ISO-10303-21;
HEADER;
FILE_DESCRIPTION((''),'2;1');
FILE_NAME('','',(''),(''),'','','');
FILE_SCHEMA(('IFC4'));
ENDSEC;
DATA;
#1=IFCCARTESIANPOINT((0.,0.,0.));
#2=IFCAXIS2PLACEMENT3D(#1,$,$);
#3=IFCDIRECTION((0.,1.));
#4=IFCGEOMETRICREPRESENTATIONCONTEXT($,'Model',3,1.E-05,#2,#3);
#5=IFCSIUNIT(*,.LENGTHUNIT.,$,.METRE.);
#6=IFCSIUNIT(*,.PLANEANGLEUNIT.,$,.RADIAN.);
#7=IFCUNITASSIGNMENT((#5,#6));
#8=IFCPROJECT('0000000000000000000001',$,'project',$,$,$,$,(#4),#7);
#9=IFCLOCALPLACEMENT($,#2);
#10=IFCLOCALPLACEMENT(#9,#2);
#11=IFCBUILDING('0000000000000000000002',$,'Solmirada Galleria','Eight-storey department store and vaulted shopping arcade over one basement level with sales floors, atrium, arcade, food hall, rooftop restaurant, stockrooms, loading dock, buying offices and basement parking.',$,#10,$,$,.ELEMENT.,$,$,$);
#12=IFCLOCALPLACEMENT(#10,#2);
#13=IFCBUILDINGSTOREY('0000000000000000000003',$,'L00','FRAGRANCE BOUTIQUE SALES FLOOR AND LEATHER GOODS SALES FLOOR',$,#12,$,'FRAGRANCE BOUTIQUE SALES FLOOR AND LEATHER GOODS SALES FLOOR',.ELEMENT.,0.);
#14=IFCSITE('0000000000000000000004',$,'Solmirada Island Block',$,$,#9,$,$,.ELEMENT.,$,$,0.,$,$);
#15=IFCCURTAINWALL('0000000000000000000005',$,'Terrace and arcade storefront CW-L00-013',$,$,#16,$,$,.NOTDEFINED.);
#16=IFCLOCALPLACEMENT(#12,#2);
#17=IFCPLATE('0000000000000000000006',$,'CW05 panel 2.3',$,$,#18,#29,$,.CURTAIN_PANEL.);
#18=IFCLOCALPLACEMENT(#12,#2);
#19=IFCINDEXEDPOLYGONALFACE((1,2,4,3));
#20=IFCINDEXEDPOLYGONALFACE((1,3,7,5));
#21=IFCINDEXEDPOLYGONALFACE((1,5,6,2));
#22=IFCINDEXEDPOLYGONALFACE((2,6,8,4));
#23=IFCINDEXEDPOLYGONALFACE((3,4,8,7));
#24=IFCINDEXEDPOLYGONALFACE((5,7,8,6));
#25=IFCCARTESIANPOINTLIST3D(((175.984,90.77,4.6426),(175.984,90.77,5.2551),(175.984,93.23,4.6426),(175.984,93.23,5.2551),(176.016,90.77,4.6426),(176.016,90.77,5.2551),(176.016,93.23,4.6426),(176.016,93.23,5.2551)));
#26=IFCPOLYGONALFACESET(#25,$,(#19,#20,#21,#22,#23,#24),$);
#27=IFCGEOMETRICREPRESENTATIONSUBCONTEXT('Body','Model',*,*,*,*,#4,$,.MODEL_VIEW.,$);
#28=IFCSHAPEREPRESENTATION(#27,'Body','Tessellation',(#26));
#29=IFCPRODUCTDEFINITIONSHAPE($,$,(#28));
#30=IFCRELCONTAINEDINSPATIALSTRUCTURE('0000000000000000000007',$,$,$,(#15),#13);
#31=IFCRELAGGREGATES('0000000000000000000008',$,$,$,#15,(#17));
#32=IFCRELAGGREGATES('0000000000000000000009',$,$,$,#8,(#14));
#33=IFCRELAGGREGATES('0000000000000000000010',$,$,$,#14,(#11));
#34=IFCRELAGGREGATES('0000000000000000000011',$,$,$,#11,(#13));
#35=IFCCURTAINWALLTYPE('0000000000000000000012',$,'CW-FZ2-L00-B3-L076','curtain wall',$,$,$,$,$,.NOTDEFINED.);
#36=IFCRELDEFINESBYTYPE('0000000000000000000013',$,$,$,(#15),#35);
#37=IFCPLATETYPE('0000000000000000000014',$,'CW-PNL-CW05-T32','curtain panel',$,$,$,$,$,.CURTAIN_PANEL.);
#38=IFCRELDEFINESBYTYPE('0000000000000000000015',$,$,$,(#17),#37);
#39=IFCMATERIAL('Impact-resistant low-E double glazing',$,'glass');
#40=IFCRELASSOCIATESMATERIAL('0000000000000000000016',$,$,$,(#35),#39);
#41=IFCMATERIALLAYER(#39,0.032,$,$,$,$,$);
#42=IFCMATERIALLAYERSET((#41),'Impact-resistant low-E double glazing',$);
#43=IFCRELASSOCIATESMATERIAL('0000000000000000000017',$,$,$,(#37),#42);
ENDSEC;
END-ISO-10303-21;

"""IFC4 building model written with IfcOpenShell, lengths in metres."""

from ifc_helpers import new_model, si_unit, direction, frame, origin, origin_2d, place, context, subcontext, project, spatial, rectangle, extrude, material, layer, layer_set, type_object, element, aggregate, save


model = new_model("IFC4")

# Units and contexts
model_context = context("Model", 3, precision=1e-05, world=origin(), true_north=direction((0.0, 1.0)))
body_context = subcontext(model_context, "Body", "Model", "MODEL_VIEW")
ifc_project = project(units=[si_unit("LENGTHUNIT", "METRE"), si_unit("PLANEANGLEUNIT", "RADIAN")], contexts=[model_context])

# Site, building, storey
site_placement = place(None, origin())
site = spatial("IfcSite", under=ifc_project, at=site_placement, Name="Solmirada Island Block", CompositionType="ELEMENT", RefElevation=0.0)
building_placement = place(site_placement, origin())
building = spatial("IfcBuilding", under=site, at=building_placement, Name="Solmirada Galleria", Description="Eight-storey department store and vaulted shopping arcade over one basement level with sales floors, atrium, arcade, food hall, rooftop restaurant, stockrooms, loading dock, buying offices and basement parking.", CompositionType="ELEMENT")
storey_placement = place(building_placement, origin())
storey = spatial("IfcBuildingStorey", under=building, at=storey_placement, Name="L00", Description="FRAGRANCE BOUTIQUE SALES FLOOR AND LEATHER GOODS SALES FLOOR", LongName="FRAGRANCE BOUTIQUE SALES FLOOR AND LEATHER GOODS SALES FLOOR", CompositionType="ELEMENT", Elevation=0.0)

# Curtain wall, plate
ifc_material_1 = material(Name="Impact-resistant low-E double glazing", Category="glass")
curtain_wall_type = type_object("IfcCurtainWallType", Name="CW-FZ2-L00-B3-L076", Description="curtain wall", PredefinedType="NOTDEFINED", material=ifc_material_1)
curtain_wall_placement = place(storey_placement, origin())
curtain_wall = element("IfcCurtainWall", 1, at=curtain_wall_placement, inside=storey, type_object=curtain_wall_type, Name="Terrace and arcade storefront CW-L00-013", PredefinedType="NOTDEFINED")
ifc_layer_1 = layer(ifc_material_1, 0.032)
ifc_layer_set_1 = layer_set([ifc_layer_1], Name="Impact-resistant low-E double glazing")
plate_type = type_object("IfcPlateType", Name="CW-PNL-CW05-T32", Description="curtain panel", PredefinedType="CURTAIN_PANEL", material=ifc_layer_set_1)
plate_1_placement = place(storey_placement, frame((176.0, 92.0, 4.6426), z_axis=(0.0, 0.0, 1.0), x_axis=(0.0, -1.0, 0.0)))
plate_1 = element("IfcPlate", 2, at=plate_1_placement, type_object=plate_type, Name="CW05 panel 2.3", PredefinedType="CURTAIN_PANEL", context=body_context, shape_type="SweptSolid", body=[
    extrude(rectangle(XDim=2.46, YDim=0.032, at=origin_2d()), origin(), (0.0, 0.0, 1.0), 0.6125),
])
aggregate(curtain_wall, [plate_1])

save(model, "model.ifc")
